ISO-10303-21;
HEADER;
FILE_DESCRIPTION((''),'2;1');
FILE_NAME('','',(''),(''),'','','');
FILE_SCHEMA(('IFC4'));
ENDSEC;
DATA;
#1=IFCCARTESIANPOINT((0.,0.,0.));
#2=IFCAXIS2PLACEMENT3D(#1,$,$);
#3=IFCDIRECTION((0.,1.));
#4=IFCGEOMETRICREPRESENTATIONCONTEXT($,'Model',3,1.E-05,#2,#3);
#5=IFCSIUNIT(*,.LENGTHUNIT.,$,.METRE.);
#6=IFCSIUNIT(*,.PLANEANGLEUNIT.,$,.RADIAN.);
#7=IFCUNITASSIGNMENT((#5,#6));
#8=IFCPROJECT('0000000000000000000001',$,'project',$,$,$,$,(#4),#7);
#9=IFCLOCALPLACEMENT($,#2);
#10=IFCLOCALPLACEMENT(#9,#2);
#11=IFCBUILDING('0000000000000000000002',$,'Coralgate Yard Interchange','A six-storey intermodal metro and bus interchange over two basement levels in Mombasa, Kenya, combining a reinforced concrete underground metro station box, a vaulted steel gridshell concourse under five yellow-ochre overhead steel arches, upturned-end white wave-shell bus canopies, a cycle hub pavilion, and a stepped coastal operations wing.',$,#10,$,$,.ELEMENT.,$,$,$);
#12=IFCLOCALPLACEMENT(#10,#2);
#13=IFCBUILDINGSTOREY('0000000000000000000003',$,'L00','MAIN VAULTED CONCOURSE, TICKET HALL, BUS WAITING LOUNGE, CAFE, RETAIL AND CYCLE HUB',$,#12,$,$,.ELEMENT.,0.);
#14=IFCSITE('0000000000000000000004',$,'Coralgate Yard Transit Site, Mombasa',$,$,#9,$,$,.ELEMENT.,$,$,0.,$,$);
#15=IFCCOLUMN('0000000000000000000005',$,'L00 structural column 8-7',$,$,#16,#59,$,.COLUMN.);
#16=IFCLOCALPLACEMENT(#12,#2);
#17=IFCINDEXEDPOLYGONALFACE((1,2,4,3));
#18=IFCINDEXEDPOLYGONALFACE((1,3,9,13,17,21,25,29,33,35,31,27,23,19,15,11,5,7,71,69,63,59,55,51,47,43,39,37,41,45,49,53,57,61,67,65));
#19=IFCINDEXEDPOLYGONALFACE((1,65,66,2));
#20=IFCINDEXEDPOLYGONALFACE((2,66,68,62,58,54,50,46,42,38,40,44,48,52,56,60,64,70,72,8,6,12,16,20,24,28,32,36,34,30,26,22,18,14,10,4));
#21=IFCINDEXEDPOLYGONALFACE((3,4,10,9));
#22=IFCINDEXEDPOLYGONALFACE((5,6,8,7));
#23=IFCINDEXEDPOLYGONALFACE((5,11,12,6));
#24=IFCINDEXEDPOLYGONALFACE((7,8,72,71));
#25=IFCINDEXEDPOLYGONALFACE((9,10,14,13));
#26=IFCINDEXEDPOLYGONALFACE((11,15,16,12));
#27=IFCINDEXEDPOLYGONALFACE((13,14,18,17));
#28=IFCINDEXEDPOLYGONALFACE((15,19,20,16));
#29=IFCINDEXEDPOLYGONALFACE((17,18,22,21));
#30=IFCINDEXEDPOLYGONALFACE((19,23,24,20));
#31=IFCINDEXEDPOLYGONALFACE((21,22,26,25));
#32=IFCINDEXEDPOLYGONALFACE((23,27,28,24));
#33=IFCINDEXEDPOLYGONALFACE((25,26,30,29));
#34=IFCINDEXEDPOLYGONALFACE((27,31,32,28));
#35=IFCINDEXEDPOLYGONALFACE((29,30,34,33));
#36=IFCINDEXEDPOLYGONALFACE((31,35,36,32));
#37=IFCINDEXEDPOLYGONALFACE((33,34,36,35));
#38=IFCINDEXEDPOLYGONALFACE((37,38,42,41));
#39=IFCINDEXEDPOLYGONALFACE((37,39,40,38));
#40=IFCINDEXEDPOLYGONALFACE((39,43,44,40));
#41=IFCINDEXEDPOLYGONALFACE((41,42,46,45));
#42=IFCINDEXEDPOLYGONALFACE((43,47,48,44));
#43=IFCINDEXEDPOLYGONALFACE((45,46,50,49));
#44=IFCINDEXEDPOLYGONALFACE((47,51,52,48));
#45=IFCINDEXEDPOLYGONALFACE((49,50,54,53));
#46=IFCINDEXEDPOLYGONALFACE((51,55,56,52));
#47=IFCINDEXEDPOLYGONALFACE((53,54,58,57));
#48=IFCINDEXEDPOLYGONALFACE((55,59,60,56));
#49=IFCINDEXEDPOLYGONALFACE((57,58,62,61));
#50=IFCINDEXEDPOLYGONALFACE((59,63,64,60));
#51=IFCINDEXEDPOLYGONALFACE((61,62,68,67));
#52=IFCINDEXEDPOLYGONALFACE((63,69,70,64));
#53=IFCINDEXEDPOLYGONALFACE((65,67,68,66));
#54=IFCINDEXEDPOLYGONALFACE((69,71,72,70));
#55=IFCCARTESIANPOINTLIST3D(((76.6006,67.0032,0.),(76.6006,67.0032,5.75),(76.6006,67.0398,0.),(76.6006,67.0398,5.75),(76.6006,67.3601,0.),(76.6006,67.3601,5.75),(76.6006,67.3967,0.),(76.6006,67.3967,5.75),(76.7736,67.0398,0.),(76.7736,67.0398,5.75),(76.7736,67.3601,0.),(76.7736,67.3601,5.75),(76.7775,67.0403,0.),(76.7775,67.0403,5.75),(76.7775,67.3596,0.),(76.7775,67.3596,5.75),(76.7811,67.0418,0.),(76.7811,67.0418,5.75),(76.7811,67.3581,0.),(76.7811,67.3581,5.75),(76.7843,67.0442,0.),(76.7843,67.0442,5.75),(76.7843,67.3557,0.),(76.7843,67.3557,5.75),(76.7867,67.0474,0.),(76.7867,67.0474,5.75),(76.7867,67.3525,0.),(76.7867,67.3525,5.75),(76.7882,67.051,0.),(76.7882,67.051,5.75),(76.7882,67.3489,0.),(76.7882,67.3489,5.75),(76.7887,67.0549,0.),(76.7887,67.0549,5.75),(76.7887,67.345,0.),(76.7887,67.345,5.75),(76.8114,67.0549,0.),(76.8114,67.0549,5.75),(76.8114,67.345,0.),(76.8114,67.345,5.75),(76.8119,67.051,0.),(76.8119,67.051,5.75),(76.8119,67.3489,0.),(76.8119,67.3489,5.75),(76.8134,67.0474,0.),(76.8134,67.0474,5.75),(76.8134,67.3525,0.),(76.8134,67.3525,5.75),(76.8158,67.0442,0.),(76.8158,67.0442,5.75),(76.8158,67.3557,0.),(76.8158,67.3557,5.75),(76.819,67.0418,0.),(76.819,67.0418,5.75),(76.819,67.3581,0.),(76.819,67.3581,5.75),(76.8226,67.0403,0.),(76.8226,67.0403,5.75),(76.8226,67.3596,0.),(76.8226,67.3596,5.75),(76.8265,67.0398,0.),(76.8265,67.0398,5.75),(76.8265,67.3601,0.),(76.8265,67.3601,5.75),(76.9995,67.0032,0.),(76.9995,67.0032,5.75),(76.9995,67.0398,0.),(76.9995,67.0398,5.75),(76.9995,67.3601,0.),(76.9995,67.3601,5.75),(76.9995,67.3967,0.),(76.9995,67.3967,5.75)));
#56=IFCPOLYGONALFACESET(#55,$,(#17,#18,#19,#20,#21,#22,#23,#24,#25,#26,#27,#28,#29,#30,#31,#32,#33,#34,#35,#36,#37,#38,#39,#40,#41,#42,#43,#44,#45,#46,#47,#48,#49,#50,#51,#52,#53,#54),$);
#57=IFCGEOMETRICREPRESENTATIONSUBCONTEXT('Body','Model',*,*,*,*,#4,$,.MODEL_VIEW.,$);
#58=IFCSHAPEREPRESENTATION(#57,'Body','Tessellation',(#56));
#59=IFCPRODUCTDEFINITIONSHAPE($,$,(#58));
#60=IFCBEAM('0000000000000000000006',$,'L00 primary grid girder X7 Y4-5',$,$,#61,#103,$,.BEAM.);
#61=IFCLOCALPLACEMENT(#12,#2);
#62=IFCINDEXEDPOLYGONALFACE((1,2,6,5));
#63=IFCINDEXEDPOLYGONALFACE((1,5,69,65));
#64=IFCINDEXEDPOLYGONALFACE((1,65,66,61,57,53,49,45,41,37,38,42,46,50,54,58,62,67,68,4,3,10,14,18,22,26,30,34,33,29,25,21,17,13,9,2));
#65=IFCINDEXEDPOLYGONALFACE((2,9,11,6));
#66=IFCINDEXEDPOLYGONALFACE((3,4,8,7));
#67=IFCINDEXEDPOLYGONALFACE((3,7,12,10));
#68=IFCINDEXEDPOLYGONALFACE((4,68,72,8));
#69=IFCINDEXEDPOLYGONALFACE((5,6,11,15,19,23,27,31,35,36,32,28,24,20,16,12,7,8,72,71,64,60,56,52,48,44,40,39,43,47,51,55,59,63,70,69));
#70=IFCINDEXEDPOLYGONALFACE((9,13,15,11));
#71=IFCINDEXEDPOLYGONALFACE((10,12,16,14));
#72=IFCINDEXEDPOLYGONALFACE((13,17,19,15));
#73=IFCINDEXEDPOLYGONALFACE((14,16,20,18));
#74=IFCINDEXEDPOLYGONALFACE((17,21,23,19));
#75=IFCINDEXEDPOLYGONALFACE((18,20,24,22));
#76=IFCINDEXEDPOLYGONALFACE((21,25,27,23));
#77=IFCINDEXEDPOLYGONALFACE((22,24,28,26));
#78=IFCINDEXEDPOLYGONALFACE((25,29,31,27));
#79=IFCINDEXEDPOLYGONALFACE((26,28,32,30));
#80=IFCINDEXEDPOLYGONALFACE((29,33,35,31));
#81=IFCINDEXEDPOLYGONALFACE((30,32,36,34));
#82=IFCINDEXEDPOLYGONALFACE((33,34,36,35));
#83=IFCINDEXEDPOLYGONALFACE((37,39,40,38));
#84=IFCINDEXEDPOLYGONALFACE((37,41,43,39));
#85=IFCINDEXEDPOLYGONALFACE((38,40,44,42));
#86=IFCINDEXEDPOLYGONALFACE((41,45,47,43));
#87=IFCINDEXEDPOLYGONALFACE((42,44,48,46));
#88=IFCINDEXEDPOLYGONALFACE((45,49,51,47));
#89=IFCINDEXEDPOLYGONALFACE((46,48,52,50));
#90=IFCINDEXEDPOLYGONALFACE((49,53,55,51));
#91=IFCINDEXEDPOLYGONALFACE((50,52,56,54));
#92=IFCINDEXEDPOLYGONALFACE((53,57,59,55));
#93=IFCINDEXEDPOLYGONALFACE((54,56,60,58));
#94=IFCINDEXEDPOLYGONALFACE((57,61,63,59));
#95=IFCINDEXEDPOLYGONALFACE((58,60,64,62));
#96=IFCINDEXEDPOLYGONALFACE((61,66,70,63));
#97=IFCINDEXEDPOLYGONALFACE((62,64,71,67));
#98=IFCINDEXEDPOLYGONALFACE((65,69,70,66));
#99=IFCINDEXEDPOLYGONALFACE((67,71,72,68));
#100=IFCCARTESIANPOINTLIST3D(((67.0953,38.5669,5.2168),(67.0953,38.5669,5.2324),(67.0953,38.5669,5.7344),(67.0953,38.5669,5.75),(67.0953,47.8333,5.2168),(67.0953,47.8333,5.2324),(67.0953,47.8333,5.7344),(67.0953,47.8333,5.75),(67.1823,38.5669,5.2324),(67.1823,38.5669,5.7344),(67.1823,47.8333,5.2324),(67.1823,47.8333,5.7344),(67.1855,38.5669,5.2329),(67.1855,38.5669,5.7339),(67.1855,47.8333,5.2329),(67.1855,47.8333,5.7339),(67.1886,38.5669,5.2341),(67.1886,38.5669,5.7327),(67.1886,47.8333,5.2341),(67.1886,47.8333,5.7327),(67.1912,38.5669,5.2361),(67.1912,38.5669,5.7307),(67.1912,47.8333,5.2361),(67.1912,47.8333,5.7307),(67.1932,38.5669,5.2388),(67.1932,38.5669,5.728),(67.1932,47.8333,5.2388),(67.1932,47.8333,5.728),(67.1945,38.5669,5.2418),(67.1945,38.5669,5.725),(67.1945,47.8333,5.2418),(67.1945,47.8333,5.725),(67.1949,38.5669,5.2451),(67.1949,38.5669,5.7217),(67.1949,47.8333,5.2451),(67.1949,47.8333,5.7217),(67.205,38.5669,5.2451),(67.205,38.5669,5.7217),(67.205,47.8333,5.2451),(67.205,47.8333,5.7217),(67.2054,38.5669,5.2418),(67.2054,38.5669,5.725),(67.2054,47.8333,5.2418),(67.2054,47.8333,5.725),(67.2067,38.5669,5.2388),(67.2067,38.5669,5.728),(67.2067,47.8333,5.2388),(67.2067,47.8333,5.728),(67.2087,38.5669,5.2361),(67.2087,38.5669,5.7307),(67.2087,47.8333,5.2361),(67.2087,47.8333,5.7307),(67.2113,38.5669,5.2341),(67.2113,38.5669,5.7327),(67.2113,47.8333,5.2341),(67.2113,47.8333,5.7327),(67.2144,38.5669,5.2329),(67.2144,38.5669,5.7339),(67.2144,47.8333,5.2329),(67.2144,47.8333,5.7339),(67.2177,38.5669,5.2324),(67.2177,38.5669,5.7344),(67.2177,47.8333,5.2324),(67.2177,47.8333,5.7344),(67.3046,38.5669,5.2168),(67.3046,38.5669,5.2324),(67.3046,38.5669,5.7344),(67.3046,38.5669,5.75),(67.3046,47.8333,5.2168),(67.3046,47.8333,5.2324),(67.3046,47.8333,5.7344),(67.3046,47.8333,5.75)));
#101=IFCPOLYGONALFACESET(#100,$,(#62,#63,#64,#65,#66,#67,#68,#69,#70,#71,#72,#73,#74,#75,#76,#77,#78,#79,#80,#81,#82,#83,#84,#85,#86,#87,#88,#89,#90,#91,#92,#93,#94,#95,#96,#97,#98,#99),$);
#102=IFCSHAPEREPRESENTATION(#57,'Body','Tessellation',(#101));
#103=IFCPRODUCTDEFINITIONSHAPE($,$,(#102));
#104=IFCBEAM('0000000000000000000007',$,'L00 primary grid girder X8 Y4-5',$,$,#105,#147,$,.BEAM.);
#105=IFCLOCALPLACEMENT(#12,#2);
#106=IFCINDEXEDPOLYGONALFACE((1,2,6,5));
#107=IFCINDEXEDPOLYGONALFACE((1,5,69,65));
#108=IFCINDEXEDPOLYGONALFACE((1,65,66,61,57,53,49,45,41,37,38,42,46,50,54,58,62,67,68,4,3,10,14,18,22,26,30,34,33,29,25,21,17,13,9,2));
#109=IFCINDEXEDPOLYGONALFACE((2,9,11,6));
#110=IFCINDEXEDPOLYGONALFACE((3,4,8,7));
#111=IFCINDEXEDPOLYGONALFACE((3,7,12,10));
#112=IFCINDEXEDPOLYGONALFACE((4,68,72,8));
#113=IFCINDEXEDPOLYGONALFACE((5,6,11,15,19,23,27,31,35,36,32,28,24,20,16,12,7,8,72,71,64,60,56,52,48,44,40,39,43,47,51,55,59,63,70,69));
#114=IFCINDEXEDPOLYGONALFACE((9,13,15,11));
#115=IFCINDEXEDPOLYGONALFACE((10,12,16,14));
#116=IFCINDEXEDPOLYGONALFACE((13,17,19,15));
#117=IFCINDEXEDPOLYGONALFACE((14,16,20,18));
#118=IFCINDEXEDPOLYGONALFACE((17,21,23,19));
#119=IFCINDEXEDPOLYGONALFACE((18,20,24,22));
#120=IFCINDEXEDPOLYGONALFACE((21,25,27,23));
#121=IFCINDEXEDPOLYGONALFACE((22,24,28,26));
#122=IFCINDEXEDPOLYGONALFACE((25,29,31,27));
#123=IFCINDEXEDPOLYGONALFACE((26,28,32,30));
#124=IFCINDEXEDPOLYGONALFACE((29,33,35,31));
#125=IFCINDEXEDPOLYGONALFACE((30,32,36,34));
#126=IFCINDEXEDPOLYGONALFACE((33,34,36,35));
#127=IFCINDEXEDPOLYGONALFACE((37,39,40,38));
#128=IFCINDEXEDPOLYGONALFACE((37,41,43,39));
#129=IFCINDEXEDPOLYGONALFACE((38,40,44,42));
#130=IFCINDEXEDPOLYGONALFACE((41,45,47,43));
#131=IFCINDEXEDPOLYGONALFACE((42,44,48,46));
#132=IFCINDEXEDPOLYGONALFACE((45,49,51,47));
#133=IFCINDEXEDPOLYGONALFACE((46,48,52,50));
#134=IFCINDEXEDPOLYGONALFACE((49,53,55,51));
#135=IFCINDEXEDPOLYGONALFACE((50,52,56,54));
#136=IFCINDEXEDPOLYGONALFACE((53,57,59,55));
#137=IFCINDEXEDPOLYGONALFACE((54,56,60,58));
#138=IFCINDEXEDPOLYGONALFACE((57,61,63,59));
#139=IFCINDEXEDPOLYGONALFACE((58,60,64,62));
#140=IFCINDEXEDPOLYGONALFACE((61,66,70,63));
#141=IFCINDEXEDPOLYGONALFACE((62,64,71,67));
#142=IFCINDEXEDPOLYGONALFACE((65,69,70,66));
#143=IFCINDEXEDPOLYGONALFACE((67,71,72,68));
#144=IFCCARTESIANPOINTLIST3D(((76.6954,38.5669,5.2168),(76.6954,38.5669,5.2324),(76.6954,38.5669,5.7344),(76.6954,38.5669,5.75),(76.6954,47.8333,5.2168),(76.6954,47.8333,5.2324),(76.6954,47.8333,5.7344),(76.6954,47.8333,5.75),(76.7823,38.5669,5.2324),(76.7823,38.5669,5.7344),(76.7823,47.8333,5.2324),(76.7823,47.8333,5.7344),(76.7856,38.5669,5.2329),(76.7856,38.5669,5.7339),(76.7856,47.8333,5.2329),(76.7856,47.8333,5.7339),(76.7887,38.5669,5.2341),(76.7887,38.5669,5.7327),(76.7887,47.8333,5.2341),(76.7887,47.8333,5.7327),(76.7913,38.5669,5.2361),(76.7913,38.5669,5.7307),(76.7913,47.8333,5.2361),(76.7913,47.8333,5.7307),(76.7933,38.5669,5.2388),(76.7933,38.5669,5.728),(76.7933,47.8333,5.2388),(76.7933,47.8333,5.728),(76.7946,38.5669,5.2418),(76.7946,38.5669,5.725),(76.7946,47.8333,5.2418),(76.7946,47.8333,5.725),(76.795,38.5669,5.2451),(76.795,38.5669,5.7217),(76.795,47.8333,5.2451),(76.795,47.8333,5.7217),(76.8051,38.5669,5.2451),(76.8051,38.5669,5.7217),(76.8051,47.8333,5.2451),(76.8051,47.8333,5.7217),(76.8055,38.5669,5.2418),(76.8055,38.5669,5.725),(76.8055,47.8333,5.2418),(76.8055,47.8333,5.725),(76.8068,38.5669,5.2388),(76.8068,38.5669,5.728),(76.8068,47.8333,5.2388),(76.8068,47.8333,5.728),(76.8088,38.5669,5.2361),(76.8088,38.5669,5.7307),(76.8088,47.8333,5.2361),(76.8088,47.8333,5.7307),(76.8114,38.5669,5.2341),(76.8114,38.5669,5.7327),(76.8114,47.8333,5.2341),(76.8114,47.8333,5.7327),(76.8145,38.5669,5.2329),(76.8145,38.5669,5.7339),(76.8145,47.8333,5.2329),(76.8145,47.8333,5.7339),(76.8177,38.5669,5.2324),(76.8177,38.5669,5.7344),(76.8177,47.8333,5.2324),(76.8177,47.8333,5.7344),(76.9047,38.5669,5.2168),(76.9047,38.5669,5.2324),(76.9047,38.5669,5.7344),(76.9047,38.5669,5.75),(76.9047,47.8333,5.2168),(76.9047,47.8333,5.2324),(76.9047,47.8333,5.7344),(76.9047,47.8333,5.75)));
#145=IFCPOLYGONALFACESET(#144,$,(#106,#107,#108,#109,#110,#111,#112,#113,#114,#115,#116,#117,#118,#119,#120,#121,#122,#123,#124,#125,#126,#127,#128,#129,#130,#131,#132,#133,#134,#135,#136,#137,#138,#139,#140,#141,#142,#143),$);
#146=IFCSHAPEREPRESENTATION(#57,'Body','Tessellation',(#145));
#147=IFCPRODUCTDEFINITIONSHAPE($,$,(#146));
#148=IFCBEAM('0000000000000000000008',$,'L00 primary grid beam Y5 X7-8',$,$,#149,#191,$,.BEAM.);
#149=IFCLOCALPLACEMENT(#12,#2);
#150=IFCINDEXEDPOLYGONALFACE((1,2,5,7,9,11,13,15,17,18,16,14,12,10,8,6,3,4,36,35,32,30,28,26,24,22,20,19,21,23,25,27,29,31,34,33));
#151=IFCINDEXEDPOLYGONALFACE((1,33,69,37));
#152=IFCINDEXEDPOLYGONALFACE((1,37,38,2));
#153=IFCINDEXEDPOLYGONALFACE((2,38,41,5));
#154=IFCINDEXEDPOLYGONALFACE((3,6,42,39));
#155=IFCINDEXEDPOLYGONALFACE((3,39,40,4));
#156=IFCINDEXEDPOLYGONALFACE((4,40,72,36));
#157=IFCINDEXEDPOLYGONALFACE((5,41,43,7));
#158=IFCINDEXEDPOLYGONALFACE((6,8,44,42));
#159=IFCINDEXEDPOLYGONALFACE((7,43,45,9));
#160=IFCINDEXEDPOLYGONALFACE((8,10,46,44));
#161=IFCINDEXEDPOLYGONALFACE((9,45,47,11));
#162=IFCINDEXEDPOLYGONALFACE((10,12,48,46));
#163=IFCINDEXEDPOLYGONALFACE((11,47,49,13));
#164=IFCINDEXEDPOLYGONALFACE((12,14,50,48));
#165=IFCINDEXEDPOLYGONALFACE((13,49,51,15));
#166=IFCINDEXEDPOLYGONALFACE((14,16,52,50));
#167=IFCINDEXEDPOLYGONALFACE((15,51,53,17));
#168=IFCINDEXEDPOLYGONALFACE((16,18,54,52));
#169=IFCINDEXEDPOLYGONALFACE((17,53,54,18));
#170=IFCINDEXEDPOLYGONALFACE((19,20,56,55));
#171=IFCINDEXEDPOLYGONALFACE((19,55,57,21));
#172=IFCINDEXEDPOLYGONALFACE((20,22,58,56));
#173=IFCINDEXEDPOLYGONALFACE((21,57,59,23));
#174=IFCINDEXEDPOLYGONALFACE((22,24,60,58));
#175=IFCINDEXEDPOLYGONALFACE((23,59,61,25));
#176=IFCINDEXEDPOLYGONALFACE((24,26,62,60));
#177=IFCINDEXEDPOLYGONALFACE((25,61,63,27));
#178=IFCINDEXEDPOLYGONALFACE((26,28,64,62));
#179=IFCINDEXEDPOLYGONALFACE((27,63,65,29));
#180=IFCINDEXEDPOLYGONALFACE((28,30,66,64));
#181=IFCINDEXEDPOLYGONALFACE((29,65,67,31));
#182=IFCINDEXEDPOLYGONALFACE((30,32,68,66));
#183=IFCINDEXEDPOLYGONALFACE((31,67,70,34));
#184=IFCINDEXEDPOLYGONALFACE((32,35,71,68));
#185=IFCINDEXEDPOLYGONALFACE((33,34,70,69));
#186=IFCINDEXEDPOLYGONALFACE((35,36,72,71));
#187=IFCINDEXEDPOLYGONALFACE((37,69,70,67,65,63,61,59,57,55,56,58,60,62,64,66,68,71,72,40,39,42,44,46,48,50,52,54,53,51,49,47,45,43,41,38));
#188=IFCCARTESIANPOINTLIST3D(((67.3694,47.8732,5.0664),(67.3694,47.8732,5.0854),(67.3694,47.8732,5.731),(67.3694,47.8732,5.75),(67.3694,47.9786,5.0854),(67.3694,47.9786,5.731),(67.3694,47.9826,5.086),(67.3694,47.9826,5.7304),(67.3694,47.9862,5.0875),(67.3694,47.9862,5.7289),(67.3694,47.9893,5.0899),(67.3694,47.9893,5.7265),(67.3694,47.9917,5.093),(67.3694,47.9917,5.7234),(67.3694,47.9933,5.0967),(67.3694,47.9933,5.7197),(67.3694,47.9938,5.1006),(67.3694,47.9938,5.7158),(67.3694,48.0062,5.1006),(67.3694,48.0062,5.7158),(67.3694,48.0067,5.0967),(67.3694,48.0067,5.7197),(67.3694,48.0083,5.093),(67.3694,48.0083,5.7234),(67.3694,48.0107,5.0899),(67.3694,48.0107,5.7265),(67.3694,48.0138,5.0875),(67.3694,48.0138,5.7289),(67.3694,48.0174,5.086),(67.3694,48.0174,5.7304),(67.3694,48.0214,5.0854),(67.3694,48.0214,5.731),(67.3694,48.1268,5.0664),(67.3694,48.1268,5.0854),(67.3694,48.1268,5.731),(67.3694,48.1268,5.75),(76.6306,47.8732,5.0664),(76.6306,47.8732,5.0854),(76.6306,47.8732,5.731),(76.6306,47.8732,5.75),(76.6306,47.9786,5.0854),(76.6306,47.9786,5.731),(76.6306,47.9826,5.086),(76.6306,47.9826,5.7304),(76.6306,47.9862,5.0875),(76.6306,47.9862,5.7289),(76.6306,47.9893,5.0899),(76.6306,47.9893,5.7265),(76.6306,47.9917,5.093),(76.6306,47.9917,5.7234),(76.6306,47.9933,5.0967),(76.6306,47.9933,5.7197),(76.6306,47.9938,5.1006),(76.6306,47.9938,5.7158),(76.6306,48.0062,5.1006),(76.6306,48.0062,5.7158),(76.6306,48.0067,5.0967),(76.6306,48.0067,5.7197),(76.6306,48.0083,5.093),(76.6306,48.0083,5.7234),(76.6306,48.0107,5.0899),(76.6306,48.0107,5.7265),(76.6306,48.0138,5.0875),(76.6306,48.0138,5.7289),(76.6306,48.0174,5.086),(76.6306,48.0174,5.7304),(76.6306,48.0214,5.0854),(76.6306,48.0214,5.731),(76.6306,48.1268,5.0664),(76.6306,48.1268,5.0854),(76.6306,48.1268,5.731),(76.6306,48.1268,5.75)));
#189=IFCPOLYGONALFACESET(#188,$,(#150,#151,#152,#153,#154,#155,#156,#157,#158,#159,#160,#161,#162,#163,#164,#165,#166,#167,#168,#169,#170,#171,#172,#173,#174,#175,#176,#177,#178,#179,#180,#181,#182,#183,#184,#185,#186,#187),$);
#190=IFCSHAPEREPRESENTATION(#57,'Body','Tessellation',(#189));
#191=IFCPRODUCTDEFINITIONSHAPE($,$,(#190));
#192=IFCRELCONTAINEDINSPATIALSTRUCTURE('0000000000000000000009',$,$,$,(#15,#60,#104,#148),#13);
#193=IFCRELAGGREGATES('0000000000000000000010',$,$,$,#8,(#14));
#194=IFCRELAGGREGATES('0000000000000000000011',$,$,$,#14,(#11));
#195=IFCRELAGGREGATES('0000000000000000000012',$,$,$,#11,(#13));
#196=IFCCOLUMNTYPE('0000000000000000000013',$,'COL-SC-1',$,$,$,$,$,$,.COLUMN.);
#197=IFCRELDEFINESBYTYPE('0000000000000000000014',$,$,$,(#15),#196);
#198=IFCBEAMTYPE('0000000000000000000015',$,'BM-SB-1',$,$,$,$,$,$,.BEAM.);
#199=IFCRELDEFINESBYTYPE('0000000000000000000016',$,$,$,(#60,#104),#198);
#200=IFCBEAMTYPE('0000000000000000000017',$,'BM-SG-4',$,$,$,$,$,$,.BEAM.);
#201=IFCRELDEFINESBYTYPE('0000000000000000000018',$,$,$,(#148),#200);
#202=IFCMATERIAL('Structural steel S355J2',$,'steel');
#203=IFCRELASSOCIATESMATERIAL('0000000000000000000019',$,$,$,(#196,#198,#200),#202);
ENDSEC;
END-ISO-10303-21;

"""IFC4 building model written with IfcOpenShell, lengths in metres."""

from ifc_helpers import new_model, si_unit, direction, frame, origin, origin_2d, place, context, subcontext, project, spatial, i_section, extrude, material, material_profile, profile_set, type_object, element, save


model = new_model("IFC4")

# Units and contexts
model_context = context("Model", 3, precision=1e-05, world=origin(), true_north=direction((0.0, 1.0)))
body_context = subcontext(model_context, "Body", "Model", "MODEL_VIEW")
ifc_project = project(units=[si_unit("LENGTHUNIT", "METRE"), si_unit("PLANEANGLEUNIT", "RADIAN")], contexts=[model_context])

# Site, building, storey
site_placement = place(None, origin())
site = spatial("IfcSite", under=ifc_project, at=site_placement, Name="Coralgate Yard Transit Site, Mombasa", CompositionType="ELEMENT", RefElevation=0.0)
building_placement = place(site_placement, origin())
building = spatial("IfcBuilding", under=site, at=building_placement, Name="Coralgate Yard Interchange", Description="A six-storey intermodal metro and bus interchange over two basement levels in Mombasa, Kenya, combining a reinforced concrete underground metro station box, a vaulted steel gridshell concourse under five yellow-ochre overhead steel arches, upturned-end white wave-shell bus canopies, a cycle hub pavilion, and a stepped coastal operations wing.", CompositionType="ELEMENT")
storey_placement = place(building_placement, origin())
storey = spatial("IfcBuildingStorey", under=building, at=storey_placement, Name="L00", Description="MAIN VAULTED CONCOURSE, TICKET HALL, BUS WAITING LOUNGE, CAFE, RETAIL AND CYCLE HUB", CompositionType="ELEMENT", Elevation=0.0)

# Column
ifc_material_1 = material(Name="Structural steel S355J2", Category="steel")
ifc_material_profile_1 = material_profile(ifc_material_1, i_section(OverallWidth=0.3989, OverallDepth=0.3936, WebThickness=0.0227, FlangeThickness=0.0366, FilletRadius=0.0151, at=origin_2d()), Name="UC 356x406x287")
ifc_profile_set_1 = profile_set([ifc_material_profile_1], Name="Structural steel S355J2")
column_type = type_object("IfcColumnType", Name="COL-SC-1", PredefinedType="COLUMN", material=ifc_profile_set_1)
for number, where, z_axis, x_axis, name in (
    (1, (76.8, 67.2, 0.0), (0.0, 0.0, 1.0), (1.0, 0.0, 0.0), "L00 structural column 8-7"),
):
    element("IfcColumn", number, at=place(storey_placement, frame(where, z_axis=z_axis, x_axis=x_axis)), inside=storey, type_object=column_type, Name=name, PredefinedType="COLUMN", context=body_context, shape_type="SweptSolid", body=[
        extrude(i_section(OverallWidth=0.3989, OverallDepth=0.3936, WebThickness=0.0227, FlangeThickness=0.0366, FilletRadius=0.0151, at=origin_2d()), origin(), (0.0, 0.0, 1.0), 5.75),
    ])

# Beams
ifc_material_profile_2 = material_profile(ifc_material_1, i_section(OverallWidth=0.2092, OverallDepth=0.5332, WebThickness=0.01, FlangeThickness=0.0156, FilletRadius=0.0127, at=origin_2d()), Name="UB 533x210x92")
ifc_profile_set_2 = profile_set([ifc_material_profile_2], Name="Structural steel S355J2")
beam_type_1 = type_object("IfcBeamType", Name="BM-SB-1", PredefinedType="BEAM", material=ifc_profile_set_2)
for number, where, z_axis, x_axis, name in (
    (2, (67.2, 38.5669, 5.4834), (0.0, 1.0, 0.0), (-1.0, 0.0, 0.0), "L00 primary grid girder X7 Y4-5"),
    (3, (76.8, 38.5669, 5.4834), (0.0, 1.0, 0.0), (-1.0, 0.0, 0.0), "L00 primary grid girder X8 Y4-5"),
):
    element("IfcBeam", number, at=place(storey_placement, frame(where, z_axis=z_axis, x_axis=x_axis)), inside=storey, type_object=beam_type_1, Name=name, PredefinedType="BEAM", context=body_context, shape_type="SweptSolid", body=[
        extrude(i_section(OverallWidth=0.2092, OverallDepth=0.5332, WebThickness=0.01, FlangeThickness=0.0156, FilletRadius=0.0127, at=origin_2d()), origin(), (0.0, 0.0, 1.0), 9.2664),
    ])
ifc_material_profile_3 = material_profile(ifc_material_1, i_section(OverallWidth=0.2537, OverallDepth=0.6836, WebThickness=0.0125, FlangeThickness=0.019, FilletRadius=0.0151, at=origin_2d()), Name="UB 686x254x140")
ifc_profile_set_3 = profile_set([ifc_material_profile_3], Name="Structural steel S355J2")
beam_type_2 = type_object("IfcBeamType", Name="BM-SG-4", PredefinedType="BEAM", material=ifc_profile_set_3)
beam_1_placement = place(storey_placement, frame((67.3694, 48.0, 5.4082), z_axis=(1.0, 0.0, 0.0), x_axis=(0.0, 1.0, 0.0)))
element("IfcBeam", 4, at=beam_1_placement, inside=storey, type_object=beam_type_2, Name="L00 primary grid beam Y5 X7-8", PredefinedType="BEAM", context=body_context, shape_type="SweptSolid", body=[
    extrude(i_section(OverallWidth=0.2537, OverallDepth=0.6836, WebThickness=0.0125, FlangeThickness=0.019, FilletRadius=0.0151, at=origin_2d()), origin(), (0.0, 0.0, 1.0), 9.2612),
])

save(model, "model.ifc")
